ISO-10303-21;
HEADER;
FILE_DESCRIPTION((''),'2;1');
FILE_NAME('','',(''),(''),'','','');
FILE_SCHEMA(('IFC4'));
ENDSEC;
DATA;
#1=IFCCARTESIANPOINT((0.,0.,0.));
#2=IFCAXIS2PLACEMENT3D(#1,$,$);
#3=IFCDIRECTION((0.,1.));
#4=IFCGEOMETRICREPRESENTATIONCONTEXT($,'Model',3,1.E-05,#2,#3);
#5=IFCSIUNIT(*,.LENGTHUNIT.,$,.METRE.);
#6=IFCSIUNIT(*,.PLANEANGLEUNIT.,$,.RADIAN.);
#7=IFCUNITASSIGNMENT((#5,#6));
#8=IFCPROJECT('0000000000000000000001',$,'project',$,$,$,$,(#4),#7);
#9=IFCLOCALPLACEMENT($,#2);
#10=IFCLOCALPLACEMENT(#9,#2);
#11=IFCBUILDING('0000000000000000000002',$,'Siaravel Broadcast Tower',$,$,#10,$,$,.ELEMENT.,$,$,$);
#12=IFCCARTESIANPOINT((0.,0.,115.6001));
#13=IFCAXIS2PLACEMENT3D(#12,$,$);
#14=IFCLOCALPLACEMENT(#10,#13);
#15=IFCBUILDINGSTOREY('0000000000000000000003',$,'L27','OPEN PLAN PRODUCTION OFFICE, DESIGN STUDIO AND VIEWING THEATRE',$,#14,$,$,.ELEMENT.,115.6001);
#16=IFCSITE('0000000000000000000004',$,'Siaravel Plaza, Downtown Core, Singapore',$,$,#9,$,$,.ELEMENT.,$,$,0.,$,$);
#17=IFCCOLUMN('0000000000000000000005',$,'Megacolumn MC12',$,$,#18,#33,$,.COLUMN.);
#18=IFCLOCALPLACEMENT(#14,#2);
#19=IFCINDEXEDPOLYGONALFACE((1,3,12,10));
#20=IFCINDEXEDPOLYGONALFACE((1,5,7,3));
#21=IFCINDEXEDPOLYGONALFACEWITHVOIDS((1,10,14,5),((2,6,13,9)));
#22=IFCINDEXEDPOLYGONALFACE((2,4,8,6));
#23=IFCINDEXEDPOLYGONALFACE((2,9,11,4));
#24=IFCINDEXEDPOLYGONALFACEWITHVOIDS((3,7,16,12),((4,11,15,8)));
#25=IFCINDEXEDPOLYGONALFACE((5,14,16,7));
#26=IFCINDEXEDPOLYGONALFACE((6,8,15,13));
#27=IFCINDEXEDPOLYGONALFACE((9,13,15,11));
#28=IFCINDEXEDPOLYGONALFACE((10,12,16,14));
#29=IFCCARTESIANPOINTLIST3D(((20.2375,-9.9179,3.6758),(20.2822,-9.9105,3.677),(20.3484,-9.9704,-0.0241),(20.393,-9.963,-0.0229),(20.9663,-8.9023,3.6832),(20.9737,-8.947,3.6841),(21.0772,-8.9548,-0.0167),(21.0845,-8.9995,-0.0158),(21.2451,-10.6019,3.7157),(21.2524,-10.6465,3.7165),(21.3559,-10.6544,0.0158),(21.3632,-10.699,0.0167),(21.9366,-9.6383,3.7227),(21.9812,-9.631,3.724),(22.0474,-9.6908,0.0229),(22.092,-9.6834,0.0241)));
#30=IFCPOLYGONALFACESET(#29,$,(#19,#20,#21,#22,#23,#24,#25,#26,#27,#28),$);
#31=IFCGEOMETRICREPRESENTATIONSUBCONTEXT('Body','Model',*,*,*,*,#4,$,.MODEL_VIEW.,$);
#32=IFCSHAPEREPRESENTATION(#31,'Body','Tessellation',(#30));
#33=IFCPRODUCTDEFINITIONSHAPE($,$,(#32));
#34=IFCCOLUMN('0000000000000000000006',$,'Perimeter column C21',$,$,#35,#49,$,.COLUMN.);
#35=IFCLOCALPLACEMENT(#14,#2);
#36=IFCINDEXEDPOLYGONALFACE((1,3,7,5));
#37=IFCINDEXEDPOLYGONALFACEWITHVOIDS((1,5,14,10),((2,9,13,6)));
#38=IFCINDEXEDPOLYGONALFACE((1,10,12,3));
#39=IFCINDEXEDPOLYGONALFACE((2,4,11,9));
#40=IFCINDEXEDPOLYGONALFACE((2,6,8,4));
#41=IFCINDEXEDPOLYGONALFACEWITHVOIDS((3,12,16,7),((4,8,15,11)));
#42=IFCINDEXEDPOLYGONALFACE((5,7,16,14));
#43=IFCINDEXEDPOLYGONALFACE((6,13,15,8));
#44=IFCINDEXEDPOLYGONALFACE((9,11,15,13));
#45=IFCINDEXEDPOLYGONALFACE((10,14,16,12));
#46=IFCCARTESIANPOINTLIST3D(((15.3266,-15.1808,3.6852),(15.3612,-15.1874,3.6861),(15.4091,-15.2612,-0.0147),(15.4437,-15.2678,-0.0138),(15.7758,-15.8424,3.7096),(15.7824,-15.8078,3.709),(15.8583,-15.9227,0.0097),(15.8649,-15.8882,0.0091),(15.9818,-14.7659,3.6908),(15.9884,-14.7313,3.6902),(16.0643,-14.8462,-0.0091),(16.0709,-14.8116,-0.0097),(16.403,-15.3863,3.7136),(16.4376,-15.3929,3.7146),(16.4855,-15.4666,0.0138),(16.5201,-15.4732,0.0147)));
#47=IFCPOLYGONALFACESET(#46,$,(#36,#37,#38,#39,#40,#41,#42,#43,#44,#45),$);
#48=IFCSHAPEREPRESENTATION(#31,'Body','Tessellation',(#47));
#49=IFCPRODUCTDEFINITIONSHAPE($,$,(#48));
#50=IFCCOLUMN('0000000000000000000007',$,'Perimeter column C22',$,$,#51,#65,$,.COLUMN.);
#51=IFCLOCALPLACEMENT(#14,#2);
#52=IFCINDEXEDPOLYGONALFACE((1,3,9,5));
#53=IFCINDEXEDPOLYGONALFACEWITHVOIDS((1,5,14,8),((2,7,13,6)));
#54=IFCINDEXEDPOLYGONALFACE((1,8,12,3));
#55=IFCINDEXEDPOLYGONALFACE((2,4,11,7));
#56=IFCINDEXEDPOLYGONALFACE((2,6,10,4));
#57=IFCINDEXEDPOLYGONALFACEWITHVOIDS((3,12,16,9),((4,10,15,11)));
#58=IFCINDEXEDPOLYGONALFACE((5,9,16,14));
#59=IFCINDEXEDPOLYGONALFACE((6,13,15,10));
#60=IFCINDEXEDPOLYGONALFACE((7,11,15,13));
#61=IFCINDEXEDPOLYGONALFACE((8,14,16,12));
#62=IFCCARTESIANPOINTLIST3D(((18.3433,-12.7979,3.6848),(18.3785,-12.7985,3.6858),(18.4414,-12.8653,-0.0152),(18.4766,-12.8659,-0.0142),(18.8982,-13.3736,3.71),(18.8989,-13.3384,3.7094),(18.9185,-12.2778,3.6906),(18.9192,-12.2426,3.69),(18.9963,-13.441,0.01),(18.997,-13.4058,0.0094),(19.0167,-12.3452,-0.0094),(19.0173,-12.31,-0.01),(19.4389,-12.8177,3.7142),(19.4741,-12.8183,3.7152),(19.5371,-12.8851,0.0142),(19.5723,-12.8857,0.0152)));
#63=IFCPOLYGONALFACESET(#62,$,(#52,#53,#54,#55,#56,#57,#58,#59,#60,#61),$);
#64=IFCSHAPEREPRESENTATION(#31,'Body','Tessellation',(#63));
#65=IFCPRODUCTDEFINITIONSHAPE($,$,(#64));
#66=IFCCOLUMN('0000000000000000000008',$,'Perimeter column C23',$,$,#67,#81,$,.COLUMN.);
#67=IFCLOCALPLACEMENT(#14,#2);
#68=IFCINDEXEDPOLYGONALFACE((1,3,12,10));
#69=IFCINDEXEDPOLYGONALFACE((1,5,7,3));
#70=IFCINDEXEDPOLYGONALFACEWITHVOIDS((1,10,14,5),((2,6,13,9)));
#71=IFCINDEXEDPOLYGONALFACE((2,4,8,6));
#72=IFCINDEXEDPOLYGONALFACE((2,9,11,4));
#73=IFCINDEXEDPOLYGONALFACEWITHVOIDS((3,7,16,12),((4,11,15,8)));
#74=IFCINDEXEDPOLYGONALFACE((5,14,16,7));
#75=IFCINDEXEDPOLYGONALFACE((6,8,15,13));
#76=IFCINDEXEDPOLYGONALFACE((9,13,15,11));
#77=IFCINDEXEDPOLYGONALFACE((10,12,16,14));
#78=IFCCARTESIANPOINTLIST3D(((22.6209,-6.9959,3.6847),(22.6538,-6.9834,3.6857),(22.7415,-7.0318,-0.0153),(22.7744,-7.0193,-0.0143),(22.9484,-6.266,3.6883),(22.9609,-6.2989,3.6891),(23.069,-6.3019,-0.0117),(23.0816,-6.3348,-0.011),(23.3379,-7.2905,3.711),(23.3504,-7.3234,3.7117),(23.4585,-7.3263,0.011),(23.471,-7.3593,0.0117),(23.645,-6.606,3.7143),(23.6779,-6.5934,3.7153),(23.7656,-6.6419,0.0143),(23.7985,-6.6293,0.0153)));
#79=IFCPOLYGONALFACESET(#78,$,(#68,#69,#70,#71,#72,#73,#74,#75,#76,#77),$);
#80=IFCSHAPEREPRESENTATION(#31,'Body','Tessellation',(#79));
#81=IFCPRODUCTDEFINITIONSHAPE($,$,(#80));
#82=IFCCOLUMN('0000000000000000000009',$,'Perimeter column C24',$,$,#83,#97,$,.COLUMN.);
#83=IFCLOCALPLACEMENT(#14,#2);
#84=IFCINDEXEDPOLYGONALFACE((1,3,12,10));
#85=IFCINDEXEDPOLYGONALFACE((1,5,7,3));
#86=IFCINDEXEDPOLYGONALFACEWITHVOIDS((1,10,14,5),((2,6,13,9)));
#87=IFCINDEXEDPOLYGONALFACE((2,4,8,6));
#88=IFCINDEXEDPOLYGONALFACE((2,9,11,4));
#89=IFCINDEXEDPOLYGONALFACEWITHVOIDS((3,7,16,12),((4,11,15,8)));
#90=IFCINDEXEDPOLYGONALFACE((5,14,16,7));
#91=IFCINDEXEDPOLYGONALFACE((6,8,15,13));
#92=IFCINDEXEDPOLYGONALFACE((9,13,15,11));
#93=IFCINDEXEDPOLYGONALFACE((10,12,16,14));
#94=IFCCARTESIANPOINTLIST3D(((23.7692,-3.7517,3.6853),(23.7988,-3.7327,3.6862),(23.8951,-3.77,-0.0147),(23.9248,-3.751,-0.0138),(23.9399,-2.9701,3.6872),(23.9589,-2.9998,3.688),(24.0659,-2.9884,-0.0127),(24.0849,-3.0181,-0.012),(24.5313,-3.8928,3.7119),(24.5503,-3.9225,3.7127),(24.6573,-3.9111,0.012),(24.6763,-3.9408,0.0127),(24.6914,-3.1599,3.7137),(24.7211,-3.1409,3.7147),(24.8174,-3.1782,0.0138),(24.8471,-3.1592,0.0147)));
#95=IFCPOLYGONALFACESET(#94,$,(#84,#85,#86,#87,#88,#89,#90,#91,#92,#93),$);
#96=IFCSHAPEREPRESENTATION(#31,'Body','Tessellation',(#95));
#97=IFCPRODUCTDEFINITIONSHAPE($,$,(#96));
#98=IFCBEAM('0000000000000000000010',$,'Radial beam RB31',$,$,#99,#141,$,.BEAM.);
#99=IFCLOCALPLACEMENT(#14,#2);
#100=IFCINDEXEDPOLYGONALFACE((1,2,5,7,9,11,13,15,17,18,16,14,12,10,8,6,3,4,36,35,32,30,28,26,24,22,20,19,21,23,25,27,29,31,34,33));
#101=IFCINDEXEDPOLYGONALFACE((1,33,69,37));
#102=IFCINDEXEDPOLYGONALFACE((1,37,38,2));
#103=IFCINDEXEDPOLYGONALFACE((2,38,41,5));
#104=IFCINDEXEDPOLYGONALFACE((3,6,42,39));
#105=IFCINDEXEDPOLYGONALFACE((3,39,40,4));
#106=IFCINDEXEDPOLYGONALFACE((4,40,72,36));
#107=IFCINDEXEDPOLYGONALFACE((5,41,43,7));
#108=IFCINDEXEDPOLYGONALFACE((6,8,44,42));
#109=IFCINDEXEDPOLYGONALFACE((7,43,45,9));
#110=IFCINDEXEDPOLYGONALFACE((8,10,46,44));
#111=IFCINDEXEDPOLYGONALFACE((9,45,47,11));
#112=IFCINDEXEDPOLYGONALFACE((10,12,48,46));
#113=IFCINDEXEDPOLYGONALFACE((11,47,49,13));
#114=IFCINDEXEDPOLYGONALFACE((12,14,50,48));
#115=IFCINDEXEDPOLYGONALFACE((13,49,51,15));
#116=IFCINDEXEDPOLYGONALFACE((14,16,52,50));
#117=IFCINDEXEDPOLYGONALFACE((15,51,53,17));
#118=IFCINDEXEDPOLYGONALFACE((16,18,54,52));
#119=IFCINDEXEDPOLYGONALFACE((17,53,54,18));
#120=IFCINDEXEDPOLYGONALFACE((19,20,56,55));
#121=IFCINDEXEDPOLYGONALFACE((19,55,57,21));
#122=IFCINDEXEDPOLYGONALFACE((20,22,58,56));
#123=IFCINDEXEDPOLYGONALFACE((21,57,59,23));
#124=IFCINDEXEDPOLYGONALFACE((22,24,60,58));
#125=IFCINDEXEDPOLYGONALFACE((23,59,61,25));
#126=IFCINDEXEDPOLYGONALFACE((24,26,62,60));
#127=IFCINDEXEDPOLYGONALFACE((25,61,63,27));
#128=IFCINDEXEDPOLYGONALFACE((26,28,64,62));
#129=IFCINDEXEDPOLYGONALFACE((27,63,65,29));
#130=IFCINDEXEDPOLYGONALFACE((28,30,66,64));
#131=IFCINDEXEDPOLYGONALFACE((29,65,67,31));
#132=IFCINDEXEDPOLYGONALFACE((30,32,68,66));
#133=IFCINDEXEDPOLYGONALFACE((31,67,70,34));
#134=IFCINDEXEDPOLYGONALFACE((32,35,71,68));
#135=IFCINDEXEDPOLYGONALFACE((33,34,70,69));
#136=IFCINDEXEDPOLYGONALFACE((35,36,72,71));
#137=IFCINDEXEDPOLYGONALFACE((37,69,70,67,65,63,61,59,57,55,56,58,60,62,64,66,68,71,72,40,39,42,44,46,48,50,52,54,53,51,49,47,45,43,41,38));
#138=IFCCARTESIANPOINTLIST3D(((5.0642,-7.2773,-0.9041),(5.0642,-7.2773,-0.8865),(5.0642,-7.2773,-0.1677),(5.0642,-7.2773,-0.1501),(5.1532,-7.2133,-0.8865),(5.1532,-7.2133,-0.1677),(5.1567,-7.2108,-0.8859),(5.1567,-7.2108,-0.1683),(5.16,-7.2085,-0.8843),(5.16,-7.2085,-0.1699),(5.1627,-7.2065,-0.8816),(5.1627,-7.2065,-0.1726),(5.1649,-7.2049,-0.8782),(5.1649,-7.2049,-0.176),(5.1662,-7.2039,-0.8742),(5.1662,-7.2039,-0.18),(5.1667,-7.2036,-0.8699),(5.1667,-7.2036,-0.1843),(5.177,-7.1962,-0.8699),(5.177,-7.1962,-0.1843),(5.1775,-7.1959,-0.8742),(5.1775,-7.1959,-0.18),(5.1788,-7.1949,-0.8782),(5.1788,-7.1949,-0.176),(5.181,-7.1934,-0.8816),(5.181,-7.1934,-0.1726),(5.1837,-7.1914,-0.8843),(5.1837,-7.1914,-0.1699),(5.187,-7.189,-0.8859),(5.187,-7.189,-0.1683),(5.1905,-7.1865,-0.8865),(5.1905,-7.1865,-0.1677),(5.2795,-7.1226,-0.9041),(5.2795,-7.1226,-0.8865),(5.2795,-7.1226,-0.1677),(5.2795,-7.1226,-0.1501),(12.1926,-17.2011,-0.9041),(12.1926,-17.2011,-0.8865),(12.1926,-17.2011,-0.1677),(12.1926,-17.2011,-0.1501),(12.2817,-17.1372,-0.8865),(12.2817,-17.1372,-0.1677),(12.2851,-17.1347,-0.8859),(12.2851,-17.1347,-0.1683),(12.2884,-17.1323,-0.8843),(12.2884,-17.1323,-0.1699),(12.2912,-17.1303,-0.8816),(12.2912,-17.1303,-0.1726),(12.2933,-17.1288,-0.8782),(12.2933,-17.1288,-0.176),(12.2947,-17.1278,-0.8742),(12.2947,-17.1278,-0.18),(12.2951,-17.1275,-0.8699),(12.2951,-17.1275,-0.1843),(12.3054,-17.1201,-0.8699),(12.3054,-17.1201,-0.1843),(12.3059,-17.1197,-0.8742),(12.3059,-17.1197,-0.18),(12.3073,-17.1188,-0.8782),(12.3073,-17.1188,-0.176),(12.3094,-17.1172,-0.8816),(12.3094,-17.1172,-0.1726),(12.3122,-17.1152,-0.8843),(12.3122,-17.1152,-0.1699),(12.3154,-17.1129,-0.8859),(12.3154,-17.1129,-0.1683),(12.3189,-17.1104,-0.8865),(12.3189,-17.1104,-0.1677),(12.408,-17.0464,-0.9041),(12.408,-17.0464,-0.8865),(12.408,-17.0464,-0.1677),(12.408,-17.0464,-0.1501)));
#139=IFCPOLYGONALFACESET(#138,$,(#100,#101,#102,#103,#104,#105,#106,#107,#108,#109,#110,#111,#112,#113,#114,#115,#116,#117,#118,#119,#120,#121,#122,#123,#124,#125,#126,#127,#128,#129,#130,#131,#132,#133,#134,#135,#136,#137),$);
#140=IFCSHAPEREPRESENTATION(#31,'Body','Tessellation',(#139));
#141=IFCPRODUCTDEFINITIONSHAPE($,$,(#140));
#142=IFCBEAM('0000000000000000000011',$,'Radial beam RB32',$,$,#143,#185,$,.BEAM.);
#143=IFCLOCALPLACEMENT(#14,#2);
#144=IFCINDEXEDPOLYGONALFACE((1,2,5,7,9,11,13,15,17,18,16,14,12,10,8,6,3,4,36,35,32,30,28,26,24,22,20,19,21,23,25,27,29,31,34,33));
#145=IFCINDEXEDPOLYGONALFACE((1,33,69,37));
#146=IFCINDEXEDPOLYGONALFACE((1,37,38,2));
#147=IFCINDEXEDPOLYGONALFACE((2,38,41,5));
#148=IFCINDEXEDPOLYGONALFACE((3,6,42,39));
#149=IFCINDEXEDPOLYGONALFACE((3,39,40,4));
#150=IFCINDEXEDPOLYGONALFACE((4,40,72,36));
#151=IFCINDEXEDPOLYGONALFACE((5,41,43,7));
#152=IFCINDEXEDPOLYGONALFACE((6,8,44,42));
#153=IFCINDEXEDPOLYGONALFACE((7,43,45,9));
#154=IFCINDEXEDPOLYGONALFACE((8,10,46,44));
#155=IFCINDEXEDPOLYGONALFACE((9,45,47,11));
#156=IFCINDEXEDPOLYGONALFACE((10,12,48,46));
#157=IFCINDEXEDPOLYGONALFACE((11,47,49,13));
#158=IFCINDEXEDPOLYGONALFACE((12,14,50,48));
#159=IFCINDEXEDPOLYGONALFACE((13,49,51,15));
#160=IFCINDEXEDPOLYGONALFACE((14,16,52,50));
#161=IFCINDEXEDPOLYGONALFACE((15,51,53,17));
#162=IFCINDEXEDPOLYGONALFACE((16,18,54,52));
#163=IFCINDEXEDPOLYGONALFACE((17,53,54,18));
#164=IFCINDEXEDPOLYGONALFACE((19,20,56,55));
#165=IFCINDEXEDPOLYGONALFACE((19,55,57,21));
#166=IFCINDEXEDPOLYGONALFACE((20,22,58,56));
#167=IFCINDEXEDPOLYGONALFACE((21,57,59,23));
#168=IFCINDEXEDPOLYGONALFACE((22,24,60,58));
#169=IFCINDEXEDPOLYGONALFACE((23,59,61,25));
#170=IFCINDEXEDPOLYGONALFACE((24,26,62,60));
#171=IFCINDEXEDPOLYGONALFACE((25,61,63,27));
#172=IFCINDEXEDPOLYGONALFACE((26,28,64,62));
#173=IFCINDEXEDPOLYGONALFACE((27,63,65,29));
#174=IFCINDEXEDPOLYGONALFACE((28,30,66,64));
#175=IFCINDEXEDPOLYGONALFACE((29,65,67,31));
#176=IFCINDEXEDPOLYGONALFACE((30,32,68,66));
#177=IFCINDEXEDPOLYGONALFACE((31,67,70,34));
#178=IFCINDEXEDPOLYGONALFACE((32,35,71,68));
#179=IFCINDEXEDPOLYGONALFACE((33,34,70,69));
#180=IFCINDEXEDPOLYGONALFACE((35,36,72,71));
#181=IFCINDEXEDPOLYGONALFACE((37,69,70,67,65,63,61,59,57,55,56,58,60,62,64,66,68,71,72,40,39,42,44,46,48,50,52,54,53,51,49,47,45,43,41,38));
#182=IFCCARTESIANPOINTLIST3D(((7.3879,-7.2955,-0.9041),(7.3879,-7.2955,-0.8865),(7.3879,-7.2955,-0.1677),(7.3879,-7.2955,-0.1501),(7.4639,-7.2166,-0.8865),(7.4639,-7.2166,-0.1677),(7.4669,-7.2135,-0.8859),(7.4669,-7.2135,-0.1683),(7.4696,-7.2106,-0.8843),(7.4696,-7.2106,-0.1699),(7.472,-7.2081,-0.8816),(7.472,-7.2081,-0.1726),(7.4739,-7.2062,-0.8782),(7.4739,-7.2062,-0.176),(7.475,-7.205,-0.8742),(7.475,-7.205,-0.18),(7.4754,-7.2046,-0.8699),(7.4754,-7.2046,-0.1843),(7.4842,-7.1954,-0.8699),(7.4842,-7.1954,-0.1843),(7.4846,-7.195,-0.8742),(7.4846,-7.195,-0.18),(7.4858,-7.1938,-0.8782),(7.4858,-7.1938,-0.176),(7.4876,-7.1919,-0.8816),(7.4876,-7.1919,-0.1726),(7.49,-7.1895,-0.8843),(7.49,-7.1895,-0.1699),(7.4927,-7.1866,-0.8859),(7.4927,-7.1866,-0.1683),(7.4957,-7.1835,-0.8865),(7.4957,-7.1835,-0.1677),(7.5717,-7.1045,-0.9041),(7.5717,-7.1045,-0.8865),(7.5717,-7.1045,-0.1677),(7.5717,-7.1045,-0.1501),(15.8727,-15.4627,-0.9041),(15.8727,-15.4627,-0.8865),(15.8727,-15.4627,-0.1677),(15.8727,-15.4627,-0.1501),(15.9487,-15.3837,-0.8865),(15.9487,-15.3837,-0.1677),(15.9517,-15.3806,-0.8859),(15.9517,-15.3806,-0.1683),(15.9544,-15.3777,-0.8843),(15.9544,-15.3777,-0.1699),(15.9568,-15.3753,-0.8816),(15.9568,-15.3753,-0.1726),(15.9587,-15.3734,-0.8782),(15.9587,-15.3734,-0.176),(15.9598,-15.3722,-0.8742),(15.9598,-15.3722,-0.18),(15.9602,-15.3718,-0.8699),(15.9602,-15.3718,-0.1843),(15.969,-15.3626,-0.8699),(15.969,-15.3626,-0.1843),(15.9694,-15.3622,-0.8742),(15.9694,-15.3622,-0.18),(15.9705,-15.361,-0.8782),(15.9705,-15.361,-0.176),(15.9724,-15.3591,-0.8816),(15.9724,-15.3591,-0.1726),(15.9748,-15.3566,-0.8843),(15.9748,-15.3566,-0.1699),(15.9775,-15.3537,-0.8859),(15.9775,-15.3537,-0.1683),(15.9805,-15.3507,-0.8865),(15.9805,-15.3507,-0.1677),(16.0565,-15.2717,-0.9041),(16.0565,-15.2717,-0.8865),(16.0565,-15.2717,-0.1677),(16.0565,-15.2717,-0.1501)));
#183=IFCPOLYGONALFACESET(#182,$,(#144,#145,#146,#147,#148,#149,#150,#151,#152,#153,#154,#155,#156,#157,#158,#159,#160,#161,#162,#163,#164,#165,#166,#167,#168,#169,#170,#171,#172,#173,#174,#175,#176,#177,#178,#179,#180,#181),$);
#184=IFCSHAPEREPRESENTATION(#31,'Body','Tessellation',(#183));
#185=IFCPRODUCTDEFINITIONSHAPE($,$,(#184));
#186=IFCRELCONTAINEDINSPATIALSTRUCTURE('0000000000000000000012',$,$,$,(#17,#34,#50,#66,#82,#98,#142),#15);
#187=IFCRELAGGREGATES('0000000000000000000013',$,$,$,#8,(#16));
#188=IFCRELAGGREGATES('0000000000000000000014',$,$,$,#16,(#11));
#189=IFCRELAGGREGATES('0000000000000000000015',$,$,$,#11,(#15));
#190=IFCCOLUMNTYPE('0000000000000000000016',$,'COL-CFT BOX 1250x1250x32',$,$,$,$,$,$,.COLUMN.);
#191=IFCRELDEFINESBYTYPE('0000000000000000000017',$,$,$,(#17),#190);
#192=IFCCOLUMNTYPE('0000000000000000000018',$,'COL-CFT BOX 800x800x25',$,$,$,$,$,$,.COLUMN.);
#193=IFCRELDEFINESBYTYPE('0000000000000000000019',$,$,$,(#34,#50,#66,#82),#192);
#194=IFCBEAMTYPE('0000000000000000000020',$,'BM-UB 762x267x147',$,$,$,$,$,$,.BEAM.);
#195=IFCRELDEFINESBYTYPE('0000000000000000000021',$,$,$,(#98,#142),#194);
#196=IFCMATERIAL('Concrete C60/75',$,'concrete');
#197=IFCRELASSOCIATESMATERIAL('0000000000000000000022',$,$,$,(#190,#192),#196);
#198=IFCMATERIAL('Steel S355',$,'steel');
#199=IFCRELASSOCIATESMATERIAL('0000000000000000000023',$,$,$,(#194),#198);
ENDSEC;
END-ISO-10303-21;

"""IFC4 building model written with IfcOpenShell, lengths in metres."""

from ifc_helpers import new_model, si_unit, direction, frame, origin, origin_2d, place, context, subcontext, project, spatial, hollow_rectangle, i_section, extrude, material, material_profile, profile_set, type_object, element, save


model = new_model("IFC4")

# Units and contexts
model_context = context("Model", 3, precision=1e-05, world=origin(), true_north=direction((0.0, 1.0)))
body_context = subcontext(model_context, "Body", "Model", "MODEL_VIEW")
ifc_project = project(units=[si_unit("LENGTHUNIT", "METRE"), si_unit("PLANEANGLEUNIT", "RADIAN")], contexts=[model_context])

# Site, building, storey
site_placement = place(None, origin())
site = spatial("IfcSite", under=ifc_project, at=site_placement, Name="Siaravel Plaza, Downtown Core, Singapore", CompositionType="ELEMENT", RefElevation=0.0)
building_placement = place(site_placement, origin())
building = spatial("IfcBuilding", under=site, at=building_placement, Name="Siaravel Broadcast Tower", CompositionType="ELEMENT")
storey_placement = place(building_placement, frame((0.0, 0.0, 115.6001)))
storey = spatial("IfcBuildingStorey", under=building, at=storey_placement, Name="L27", Description="OPEN PLAN PRODUCTION OFFICE, DESIGN STUDIO AND VIEWING THEATRE", CompositionType="ELEMENT", Elevation=115.6001)

# Columns
ifc_material_1 = material(Name="Concrete C60/75", Category="concrete")
ifc_material_profile_1 = material_profile(ifc_material_1, hollow_rectangle(XDim=1.25, YDim=1.25, WallThickness=0.032, at=origin_2d()))
ifc_profile_set_1 = profile_set([ifc_material_profile_1], Name="Concrete C60/75")
column_type_1 = type_object("IfcColumnType", Name="COL-CFT BOX 1250x1250x32", PredefinedType="COLUMN", material=ifc_profile_set_1)
column_1_placement = place(storey_placement, frame((21.2202, -9.8269, 0.0), z_axis=(-0.029941, 0.014179, 0.999451), x_axis=(-0.583038, -0.812423, -0.00594)))
element("IfcColumn", 1, at=column_1_placement, inside=storey, type_object=column_type_1, Name="Megacolumn MC12", PredefinedType="COLUMN", context=body_context, shape_type="SweptSolid", body=[
    extrude(hollow_rectangle(XDim=1.25, YDim=1.25, WallThickness=0.032, at=origin_2d()), origin(), (0.0, 0.0, 1.0), 3.7019),
])
ifc_material_profile_2 = material_profile(ifc_material_1, hollow_rectangle(XDim=0.8, YDim=0.8, WallThickness=0.0249, at=origin_2d()))
ifc_profile_set_2 = profile_set([ifc_material_profile_2], Name="Concrete C60/75")
column_type_2 = type_object("IfcColumnType", Name="COL-CFT BOX 800x800x25", PredefinedType="COLUMN", material=ifc_profile_set_2)
column_2_placement = place(storey_placement, frame((15.9646, -15.3672, 0.0), z_axis=(-0.022292, 0.021698, 0.999516), x_axis=(-0.827187, -0.561892, -0.006251)))
element("IfcColumn", 2, at=column_2_placement, inside=storey, type_object=column_type_2, Name="Perimeter column C21", PredefinedType="COLUMN", context=body_context, shape_type="SweptSolid", body=[
    extrude(hollow_rectangle(XDim=0.8, YDim=0.8, WallThickness=0.0249, at=origin_2d()), origin(), (0.0, 0.0, 1.0), 3.7017),
])
column_3_placement = place(storey_placement, frame((19.0068, -12.8755, 0.0), z_axis=(-0.026512, 0.018202, 0.999483), x_axis=(-0.719851, -0.694099, -0.006454)))
element("IfcColumn", 3, at=column_3_placement, inside=storey, type_object=column_type_2, Name="Perimeter column C22", PredefinedType="COLUMN", context=body_context, shape_type="SweptSolid", body=[
    extrude(hollow_rectangle(XDim=0.8, YDim=0.8, WallThickness=0.0249, at=origin_2d()), origin(), (0.0, 0.0, 1.0), 3.7019),
])
for number, where, z_axis, x_axis, name in (
    (4, (23.27, -6.8306, 0.0), (-0.032578, 0.009694, 0.999422), (-0.40938, -0.912353, -0.004495), "Perimeter column C23"),
    (5, (24.3711, -3.4646, 0.0), (-0.034028, 0.004946, 0.999409), (-0.213466, -0.976948, -0.002433), "Perimeter column C24"),
):
    element("IfcColumn", number, at=place(storey_placement, frame(where, z_axis=z_axis, x_axis=x_axis)), inside=storey, type_object=column_type_2, Name=name, PredefinedType="COLUMN", context=body_context, shape_type="SweptSolid", body=[
        extrude(hollow_rectangle(XDim=0.8, YDim=0.8, WallThickness=0.0249, at=origin_2d()), origin(), (0.0, 0.0, 1.0), 3.7021),
    ])

# Beams
ifc_material_2 = material(Name="Steel S355", Category="steel")
ifc_material_profile_3 = material_profile(ifc_material_2, i_section(OverallWidth=0.2651, OverallDepth=0.7539, WebThickness=0.0127, FlangeThickness=0.0176, FilletRadius=0.0166, at=origin_2d()))
ifc_profile_set_3 = profile_set([ifc_material_profile_3], Name="Steel S355")
beam_type = type_object("IfcBeamType", Name="BM-UB 762x267x147", PredefinedType="BEAM", material=ifc_profile_set_3)
beam_1_placement = place(storey_placement, frame((12.3003, -17.1238, -0.5271), z_axis=(-0.583402, 0.812183, 0.0), x_axis=(-0.812183, -0.583402, 0.0)))
element("IfcBeam", 6, at=beam_1_placement, inside=storey, type_object=beam_type, Name="Radial beam RB31", PredefinedType="BEAM", context=body_context, shape_type="SweptSolid", body=[
    extrude(i_section(OverallWidth=0.2651, OverallDepth=0.7539, WebThickness=0.0127, FlangeThickness=0.0176, FilletRadius=0.0166, at=origin_2d()), origin(), (0.0, 0.0, 1.0), 12.2188),
])
beam_2_placement = place(storey_placement, frame((15.9646, -15.3672, -0.5271), z_axis=(-0.720463, 0.693493, 0.0), x_axis=(-0.693493, -0.720463, 0.0)))
element("IfcBeam", 7, at=beam_2_placement, inside=storey, type_object=beam_type, Name="Radial beam RB32", PredefinedType="BEAM", context=body_context, shape_type="SweptSolid", body=[
    extrude(i_section(OverallWidth=0.2651, OverallDepth=0.7539, WebThickness=0.0127, FlangeThickness=0.0176, FilletRadius=0.0166, at=origin_2d()), origin(), (0.0, 0.0, 1.0), 11.7769),
])

save(model, "model.ifc")
